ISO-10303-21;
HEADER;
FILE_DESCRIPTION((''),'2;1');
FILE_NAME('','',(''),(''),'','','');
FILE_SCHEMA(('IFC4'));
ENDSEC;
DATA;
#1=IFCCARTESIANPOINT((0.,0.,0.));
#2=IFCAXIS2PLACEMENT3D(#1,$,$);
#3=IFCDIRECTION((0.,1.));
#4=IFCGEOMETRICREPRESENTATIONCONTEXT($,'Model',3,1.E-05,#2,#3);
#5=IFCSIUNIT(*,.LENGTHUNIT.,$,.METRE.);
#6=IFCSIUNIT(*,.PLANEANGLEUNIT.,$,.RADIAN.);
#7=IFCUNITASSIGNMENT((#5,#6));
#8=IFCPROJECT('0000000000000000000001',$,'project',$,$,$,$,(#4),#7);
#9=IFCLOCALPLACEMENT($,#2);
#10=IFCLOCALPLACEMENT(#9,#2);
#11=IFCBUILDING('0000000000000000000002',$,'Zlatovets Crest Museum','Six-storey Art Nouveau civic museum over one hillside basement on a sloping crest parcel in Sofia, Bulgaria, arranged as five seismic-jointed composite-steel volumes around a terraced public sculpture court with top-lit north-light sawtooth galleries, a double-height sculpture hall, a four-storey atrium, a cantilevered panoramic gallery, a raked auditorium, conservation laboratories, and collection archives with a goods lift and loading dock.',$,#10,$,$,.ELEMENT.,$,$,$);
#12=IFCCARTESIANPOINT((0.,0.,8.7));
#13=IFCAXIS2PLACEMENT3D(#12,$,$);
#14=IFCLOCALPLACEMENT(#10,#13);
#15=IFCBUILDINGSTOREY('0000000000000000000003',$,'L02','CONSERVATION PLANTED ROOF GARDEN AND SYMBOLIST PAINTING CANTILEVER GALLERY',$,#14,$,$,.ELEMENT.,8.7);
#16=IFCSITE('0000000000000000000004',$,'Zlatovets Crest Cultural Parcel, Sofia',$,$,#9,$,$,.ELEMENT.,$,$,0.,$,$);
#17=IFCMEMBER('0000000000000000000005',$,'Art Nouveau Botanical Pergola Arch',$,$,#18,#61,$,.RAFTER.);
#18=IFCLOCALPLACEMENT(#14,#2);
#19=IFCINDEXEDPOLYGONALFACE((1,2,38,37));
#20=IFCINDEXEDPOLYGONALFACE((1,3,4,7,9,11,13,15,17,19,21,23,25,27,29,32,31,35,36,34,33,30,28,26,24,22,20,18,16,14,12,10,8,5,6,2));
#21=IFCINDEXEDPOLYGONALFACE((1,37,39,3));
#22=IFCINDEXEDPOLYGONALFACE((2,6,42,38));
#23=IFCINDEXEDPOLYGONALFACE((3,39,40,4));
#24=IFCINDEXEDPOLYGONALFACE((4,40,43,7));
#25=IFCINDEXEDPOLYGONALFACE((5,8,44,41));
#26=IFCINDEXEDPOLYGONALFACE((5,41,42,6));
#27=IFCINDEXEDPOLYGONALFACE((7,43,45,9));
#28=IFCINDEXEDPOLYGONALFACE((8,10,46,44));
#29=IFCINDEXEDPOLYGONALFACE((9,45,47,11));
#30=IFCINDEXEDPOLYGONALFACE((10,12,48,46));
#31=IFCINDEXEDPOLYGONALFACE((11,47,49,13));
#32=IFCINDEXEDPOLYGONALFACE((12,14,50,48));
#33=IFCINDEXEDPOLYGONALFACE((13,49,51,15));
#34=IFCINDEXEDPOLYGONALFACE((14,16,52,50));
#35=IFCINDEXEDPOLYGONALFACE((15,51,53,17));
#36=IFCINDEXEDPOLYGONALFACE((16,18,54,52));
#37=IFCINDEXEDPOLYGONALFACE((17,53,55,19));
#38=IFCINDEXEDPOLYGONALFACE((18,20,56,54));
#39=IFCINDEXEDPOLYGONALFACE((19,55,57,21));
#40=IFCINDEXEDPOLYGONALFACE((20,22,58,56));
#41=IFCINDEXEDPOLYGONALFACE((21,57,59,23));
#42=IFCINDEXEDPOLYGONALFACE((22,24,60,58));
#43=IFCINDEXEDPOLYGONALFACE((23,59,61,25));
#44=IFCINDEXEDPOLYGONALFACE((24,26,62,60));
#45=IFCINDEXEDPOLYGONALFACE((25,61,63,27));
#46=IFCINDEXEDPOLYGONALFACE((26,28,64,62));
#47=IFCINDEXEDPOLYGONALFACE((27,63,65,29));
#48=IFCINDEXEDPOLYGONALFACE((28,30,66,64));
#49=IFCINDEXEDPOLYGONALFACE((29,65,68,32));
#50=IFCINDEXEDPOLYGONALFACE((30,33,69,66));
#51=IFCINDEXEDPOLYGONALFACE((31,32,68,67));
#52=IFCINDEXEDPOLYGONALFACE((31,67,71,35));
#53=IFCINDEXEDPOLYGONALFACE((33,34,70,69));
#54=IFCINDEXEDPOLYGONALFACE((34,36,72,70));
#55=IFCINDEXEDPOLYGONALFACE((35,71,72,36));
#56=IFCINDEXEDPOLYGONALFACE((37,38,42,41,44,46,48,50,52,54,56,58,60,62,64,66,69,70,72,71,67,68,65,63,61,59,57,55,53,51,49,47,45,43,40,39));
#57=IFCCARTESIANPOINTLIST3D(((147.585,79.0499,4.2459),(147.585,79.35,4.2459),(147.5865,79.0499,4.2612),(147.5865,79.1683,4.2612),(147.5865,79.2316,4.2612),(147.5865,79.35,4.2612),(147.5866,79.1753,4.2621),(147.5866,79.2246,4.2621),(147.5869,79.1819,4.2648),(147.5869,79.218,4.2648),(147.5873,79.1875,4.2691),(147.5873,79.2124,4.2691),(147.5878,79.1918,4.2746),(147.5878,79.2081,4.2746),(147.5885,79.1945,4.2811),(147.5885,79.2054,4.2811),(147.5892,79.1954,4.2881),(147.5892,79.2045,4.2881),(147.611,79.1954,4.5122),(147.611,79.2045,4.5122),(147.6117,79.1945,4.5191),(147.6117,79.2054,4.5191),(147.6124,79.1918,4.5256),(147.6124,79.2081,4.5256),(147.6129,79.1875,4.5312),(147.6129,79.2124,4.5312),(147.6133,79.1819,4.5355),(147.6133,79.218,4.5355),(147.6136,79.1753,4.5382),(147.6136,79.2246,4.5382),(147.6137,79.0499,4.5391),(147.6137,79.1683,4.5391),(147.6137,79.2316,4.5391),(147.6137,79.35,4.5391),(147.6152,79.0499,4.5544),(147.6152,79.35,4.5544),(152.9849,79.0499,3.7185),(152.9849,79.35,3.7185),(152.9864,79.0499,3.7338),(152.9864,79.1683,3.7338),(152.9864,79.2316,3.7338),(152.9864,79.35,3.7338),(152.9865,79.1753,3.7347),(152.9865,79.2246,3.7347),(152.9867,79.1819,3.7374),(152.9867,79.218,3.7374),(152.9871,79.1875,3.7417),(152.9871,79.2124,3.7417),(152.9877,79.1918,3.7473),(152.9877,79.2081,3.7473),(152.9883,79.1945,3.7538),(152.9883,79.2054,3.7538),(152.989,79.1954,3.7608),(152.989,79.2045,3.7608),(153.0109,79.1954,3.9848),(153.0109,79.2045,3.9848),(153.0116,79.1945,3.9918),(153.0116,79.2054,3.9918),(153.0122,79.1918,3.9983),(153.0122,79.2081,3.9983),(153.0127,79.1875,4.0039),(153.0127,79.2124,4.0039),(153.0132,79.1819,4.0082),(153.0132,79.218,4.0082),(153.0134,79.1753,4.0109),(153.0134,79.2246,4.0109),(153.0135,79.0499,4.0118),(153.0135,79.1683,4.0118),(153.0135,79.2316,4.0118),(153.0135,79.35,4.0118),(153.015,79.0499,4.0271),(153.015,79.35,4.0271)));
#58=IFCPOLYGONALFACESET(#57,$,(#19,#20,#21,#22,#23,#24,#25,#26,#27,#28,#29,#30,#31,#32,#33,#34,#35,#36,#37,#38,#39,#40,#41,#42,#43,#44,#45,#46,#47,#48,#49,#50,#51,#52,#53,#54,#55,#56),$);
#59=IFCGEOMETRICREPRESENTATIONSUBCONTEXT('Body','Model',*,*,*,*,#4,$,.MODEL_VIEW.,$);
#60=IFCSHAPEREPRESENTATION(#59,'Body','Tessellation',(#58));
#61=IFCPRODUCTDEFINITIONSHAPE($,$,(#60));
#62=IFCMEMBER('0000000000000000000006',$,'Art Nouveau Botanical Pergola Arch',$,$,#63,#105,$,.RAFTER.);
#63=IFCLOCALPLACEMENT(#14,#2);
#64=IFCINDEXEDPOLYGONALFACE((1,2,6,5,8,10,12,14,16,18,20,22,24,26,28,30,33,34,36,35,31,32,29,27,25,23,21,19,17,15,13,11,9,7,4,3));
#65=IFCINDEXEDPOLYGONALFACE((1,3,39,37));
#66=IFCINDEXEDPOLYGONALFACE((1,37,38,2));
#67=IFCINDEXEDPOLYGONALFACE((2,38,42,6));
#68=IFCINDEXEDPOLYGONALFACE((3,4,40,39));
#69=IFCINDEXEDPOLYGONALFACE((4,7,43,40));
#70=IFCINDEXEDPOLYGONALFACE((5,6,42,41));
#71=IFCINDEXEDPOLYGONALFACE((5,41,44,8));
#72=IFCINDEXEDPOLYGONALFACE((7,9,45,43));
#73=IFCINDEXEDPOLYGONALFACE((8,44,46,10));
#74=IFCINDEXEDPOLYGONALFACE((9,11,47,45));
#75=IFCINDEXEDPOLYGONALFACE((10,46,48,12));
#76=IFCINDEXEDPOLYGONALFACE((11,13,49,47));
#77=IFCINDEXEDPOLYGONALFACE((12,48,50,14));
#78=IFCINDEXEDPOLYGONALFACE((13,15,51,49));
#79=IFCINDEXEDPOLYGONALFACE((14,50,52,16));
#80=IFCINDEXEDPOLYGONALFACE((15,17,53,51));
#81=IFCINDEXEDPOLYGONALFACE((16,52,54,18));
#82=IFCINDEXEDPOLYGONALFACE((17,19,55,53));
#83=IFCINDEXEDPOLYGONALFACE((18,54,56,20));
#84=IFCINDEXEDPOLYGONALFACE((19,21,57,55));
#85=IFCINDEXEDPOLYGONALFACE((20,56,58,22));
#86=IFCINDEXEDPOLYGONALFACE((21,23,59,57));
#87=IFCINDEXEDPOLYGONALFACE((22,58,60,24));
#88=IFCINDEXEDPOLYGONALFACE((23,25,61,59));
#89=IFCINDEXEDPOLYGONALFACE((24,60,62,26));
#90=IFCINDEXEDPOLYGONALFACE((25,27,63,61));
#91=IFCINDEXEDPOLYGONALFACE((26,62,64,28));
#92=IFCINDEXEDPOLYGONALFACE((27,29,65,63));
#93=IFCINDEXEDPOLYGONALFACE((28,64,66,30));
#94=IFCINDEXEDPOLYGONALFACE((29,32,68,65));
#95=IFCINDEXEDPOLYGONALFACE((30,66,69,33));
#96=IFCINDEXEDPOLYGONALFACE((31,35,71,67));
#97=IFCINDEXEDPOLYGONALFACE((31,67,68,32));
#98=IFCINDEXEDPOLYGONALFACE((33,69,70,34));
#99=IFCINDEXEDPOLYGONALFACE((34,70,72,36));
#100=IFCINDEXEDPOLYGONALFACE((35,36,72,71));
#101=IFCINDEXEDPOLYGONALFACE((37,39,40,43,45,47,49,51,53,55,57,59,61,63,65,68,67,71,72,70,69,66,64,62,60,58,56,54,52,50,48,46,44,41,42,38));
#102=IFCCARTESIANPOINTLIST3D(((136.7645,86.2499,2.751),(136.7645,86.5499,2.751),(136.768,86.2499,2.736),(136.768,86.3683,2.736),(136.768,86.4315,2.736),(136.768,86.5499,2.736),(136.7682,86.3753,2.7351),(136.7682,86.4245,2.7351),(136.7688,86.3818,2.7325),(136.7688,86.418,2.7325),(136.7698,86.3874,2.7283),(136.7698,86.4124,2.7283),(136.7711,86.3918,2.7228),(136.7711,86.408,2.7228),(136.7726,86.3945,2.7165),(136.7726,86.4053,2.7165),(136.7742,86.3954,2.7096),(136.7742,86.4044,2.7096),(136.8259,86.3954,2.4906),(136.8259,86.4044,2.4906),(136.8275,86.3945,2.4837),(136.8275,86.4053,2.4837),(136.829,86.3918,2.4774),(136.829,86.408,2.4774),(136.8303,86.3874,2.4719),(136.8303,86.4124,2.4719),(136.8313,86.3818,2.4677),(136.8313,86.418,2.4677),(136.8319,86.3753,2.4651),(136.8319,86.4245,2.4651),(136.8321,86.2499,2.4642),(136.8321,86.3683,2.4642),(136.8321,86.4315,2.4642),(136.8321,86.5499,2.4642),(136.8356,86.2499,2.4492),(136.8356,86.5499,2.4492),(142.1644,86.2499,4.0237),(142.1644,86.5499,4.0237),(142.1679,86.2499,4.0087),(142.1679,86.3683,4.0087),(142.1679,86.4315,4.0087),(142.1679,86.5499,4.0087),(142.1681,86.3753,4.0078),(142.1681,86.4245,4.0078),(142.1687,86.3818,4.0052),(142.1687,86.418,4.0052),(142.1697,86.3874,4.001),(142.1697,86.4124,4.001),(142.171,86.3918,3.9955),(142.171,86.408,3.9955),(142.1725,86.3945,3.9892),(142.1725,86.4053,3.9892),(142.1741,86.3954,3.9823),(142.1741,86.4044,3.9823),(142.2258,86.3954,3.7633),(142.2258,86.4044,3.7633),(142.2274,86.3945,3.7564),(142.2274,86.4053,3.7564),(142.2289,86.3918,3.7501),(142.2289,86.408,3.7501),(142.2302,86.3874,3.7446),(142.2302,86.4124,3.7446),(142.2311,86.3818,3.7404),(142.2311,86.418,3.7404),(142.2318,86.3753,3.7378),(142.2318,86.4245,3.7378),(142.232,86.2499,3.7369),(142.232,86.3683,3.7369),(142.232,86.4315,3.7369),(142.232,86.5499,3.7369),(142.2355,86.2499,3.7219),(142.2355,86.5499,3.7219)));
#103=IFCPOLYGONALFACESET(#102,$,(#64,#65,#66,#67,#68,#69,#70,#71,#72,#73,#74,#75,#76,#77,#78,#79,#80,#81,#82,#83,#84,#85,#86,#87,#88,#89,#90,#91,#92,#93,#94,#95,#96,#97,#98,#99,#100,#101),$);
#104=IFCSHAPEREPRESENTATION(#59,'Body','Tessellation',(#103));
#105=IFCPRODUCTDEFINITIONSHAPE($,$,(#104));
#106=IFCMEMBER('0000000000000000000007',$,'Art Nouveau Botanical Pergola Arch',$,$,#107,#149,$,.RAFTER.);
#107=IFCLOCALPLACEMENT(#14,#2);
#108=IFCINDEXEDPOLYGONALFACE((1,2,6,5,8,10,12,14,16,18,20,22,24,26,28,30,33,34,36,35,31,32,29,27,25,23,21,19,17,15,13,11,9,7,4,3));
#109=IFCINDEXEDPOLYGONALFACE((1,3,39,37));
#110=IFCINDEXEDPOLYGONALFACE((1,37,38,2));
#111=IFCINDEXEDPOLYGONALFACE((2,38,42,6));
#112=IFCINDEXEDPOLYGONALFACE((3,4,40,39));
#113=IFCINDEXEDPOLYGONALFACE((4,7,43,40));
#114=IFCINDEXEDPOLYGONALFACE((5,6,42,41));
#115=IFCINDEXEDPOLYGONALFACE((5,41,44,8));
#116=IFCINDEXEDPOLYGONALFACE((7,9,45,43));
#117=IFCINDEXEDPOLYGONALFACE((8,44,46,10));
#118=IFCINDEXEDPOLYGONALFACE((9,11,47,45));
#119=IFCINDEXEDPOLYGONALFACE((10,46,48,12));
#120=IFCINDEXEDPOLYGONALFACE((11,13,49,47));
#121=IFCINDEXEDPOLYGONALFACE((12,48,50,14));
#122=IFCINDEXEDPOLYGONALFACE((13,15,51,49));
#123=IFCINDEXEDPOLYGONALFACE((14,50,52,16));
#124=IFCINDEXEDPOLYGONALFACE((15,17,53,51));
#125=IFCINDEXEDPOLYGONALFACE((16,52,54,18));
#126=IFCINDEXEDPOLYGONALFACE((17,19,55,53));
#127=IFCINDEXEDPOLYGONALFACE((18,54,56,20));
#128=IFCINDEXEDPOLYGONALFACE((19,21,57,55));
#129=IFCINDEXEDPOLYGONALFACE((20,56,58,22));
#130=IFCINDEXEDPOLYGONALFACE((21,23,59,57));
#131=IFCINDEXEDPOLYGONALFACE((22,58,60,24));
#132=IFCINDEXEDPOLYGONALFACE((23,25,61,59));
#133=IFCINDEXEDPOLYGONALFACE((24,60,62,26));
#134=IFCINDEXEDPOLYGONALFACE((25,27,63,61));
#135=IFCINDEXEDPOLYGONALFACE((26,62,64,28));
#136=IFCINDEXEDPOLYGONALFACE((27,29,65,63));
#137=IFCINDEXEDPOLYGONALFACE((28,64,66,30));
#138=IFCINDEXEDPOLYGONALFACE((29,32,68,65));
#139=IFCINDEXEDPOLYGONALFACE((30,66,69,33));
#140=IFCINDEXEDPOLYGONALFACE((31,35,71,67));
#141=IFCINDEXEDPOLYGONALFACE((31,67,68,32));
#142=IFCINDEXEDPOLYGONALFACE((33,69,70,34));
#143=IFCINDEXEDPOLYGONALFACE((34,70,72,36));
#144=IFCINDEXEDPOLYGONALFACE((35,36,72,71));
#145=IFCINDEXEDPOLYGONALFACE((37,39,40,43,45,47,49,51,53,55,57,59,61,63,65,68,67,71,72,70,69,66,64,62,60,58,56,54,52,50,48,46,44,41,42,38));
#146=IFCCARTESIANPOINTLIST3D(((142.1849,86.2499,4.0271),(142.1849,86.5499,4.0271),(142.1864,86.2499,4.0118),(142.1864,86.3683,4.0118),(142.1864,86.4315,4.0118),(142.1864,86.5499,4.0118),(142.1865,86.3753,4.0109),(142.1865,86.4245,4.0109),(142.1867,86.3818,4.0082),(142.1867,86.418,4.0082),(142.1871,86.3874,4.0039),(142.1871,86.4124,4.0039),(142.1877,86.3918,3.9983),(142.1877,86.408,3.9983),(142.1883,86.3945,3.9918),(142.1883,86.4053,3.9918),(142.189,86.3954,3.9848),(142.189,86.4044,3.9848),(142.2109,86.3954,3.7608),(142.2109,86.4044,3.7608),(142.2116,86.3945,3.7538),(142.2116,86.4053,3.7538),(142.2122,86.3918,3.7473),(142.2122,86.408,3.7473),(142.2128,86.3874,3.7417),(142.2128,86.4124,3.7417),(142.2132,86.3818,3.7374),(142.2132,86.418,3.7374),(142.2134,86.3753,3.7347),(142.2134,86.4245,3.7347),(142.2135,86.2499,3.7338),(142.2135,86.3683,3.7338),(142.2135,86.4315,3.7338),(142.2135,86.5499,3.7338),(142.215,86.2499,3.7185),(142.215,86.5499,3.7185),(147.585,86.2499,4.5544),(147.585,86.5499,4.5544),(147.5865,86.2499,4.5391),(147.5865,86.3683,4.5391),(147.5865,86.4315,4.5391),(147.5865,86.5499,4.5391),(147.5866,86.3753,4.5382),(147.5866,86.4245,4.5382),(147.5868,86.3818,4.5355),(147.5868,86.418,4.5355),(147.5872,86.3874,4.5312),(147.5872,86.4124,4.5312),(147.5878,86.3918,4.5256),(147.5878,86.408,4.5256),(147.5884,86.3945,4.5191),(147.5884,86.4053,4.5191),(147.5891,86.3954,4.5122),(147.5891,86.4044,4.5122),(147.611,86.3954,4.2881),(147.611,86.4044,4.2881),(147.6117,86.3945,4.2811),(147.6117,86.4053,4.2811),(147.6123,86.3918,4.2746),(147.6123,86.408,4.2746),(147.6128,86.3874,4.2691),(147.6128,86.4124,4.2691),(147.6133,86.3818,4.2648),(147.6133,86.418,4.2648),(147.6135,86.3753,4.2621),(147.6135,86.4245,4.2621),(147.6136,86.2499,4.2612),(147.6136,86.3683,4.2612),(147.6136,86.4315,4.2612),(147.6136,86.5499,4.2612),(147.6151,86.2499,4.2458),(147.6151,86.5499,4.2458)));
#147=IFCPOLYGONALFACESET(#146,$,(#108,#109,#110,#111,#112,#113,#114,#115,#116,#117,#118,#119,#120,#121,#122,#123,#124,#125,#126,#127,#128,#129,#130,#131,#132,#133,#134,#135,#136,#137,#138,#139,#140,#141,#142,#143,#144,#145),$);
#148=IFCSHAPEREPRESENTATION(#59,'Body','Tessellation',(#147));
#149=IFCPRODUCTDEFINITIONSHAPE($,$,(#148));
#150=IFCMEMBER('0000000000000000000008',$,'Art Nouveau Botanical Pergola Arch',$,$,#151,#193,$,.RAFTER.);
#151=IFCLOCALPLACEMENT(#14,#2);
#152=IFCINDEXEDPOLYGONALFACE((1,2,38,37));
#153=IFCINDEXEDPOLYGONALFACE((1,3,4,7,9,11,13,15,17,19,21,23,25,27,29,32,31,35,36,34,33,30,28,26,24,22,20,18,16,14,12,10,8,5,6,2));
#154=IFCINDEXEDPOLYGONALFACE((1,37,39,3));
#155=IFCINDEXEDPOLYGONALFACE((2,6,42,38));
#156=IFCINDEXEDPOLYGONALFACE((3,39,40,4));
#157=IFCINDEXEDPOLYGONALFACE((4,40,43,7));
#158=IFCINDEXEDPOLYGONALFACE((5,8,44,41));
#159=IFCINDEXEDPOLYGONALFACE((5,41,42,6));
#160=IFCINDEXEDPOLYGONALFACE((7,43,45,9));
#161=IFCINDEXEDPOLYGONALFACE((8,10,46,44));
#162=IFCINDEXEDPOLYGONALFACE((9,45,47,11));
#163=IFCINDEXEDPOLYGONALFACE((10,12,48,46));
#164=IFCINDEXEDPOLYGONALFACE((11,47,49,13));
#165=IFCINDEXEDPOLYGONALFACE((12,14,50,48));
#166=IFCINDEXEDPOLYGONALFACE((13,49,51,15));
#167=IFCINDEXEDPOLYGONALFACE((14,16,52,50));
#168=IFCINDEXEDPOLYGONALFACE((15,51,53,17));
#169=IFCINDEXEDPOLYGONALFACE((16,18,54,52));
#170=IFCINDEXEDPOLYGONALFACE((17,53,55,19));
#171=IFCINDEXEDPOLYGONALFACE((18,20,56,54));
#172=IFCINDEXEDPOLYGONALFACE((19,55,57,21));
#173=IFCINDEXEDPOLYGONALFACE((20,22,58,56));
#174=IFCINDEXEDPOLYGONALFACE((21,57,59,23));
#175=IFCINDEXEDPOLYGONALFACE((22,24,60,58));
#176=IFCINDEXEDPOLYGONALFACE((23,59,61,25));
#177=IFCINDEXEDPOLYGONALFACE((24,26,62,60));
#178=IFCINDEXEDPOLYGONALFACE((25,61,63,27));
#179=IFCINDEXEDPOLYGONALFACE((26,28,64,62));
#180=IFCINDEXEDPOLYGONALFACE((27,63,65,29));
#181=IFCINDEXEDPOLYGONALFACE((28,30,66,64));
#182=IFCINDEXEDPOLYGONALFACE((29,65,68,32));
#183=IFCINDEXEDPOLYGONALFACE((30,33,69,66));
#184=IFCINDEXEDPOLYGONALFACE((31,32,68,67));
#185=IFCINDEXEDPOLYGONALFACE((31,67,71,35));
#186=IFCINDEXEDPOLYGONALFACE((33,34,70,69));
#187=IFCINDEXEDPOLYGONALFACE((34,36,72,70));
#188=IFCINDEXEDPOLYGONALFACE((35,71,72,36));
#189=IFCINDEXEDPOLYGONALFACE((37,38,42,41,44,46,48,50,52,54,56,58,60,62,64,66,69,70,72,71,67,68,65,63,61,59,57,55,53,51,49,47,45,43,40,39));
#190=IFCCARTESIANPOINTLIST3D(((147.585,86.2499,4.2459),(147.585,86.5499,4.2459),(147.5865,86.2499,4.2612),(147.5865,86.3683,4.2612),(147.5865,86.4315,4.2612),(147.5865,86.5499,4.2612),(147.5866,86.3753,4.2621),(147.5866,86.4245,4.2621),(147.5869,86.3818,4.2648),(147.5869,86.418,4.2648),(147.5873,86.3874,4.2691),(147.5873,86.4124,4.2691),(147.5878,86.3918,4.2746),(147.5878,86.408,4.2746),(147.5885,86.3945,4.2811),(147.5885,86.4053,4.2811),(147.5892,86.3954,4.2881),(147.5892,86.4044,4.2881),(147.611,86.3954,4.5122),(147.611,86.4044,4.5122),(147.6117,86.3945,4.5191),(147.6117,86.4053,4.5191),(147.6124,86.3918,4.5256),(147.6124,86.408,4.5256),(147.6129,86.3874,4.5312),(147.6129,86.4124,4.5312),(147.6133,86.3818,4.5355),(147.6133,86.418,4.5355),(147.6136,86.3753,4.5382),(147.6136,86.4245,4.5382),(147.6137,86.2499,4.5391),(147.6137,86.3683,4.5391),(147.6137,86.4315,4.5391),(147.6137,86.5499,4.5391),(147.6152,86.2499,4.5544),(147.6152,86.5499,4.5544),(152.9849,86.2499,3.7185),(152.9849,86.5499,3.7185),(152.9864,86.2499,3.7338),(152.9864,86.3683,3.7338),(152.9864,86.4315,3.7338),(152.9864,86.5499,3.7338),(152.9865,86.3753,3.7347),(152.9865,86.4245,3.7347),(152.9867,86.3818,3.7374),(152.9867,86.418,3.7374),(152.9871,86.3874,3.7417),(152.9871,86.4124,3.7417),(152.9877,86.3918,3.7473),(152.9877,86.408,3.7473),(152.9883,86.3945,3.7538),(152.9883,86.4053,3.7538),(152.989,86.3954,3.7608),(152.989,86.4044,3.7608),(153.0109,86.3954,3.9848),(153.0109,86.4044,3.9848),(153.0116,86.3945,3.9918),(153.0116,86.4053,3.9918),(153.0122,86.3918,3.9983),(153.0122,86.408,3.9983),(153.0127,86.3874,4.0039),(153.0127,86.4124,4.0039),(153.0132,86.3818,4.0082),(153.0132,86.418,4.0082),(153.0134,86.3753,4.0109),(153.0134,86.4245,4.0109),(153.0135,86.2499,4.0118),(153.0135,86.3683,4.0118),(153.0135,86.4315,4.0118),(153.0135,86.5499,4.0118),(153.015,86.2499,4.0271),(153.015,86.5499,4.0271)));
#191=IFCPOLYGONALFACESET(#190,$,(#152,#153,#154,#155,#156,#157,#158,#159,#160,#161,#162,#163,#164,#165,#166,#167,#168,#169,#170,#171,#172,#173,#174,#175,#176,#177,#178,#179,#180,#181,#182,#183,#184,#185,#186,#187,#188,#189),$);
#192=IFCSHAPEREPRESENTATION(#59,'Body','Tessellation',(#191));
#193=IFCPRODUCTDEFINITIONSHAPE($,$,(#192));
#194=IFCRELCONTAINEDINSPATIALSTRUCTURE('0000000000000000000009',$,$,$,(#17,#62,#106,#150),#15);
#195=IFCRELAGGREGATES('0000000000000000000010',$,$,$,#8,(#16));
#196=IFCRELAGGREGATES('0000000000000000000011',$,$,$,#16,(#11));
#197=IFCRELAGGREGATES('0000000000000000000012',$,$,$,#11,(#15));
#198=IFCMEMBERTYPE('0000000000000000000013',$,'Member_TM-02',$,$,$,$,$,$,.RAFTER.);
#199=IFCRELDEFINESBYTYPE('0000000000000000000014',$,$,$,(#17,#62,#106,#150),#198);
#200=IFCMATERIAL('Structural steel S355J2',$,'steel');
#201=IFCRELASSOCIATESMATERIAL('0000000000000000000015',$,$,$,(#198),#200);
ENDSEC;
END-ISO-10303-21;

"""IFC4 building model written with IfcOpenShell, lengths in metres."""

from ifc_helpers import new_model, si_unit, direction, frame, origin, origin_2d, place, context, subcontext, project, spatial, i_section, extrude, material, material_profile, profile_set, type_object, element, save


model = new_model("IFC4")

# Units and contexts
model_context = context("Model", 3, precision=1e-05, world=origin(), true_north=direction((0.0, 1.0)))
body_context = subcontext(model_context, "Body", "Model", "MODEL_VIEW")
ifc_project = project(units=[si_unit("LENGTHUNIT", "METRE"), si_unit("PLANEANGLEUNIT", "RADIAN")], contexts=[model_context])

# Site, building, storey
site_placement = place(None, origin())
site = spatial("IfcSite", under=ifc_project, at=site_placement, Name="Zlatovets Crest Cultural Parcel, Sofia", CompositionType="ELEMENT", RefElevation=0.0)
building_placement = place(site_placement, origin())
building = spatial("IfcBuilding", under=site, at=building_placement, Name="Zlatovets Crest Museum", Description="Six-storey Art Nouveau civic museum over one hillside basement on a sloping crest parcel in Sofia, Bulgaria, arranged as five seismic-jointed composite-steel volumes around a terraced public sculpture court with top-lit north-light sawtooth galleries, a double-height sculpture hall, a four-storey atrium, a cantilevered panoramic gallery, a raked auditorium, conservation laboratories, and collection archives with a goods lift and loading dock.", CompositionType="ELEMENT")
storey_placement = place(building_placement, frame((0.0, 0.0, 8.7)))
storey = spatial("IfcBuildingStorey", under=building, at=storey_placement, Name="L02", Description="CONSERVATION PLANTED ROOF GARDEN AND SYMBOLIST PAINTING CANTILEVER GALLERY", CompositionType="ELEMENT", Elevation=8.7)

# Shared definitions
ifc_material_1 = material(Name="Structural steel S355J2", Category="steel")

# Members
ifc_material_profile_1 = material_profile(ifc_material_1, i_section(OverallWidth=0.3, OverallDepth=0.3101, WebThickness=0.009, FlangeThickness=0.0154, FilletRadius=0.0271, at=origin_2d()), Name="HEA 320")
ifc_profile_set_1 = profile_set([ifc_material_profile_1], Name="Structural steel S355J2")
member_type_1 = type_object("IfcMemberType", Name="Member_TM-02", PredefinedType="RAFTER", material=ifc_profile_set_1)
member_1_placement = place(storey_placement, frame((147.6001, 79.2, 4.4001), z_axis=(0.995265, 0.0, -0.097196), x_axis=(0.0, 1.0, 0.0)))
element("IfcMember", 1, at=member_1_placement, inside=storey, type_object=member_type_1, Name="Art Nouveau Botanical Pergola Arch", PredefinedType="RAFTER", context=body_context, shape_type="SweptSolid", body=[
    extrude(i_section(OverallWidth=0.3, OverallDepth=0.3101, WebThickness=0.009, FlangeThickness=0.0154, FilletRadius=0.0271, at=origin_2d()), origin(), (0.0, 0.0, 1.0), 5.4255),
])
member_2_placement = place(storey_placement, frame((136.8, 86.3999, 2.6001), z_axis=(0.973331, 0.0, 0.229405), x_axis=(0.0, 1.0, 0.0)))
element("IfcMember", 2, at=member_2_placement, inside=storey, type_object=member_type_1, Name="Art Nouveau Botanical Pergola Arch", PredefinedType="RAFTER", context=body_context, shape_type="SweptSolid", body=[
    extrude(i_section(OverallWidth=0.3, OverallDepth=0.3101, WebThickness=0.009, FlangeThickness=0.0154, FilletRadius=0.0271, at=origin_2d()), origin(), (0.0, 0.0, 1.0), 5.5479),
])
member_3_placement = place(storey_placement, frame((142.2, 86.3999, 3.8728), z_axis=(0.995266, 0.0, 0.097191), x_axis=(0.0, 1.0, 0.0)))
element("IfcMember", 3, at=member_3_placement, inside=storey, type_object=member_type_1, Name="Art Nouveau Botanical Pergola Arch", PredefinedType="RAFTER", context=body_context, shape_type="SweptSolid", body=[
    extrude(i_section(OverallWidth=0.3, OverallDepth=0.3101, WebThickness=0.009, FlangeThickness=0.0154, FilletRadius=0.0271, at=origin_2d()), origin(), (0.0, 0.0, 1.0), 5.4258),
])
member_4_placement = place(storey_placement, frame((147.6001, 86.3999, 4.4001), z_axis=(0.995265, 0.0, -0.097196), x_axis=(0.0, 1.0, 0.0)))
element("IfcMember", 4, at=member_4_placement, inside=storey, type_object=member_type_1, Name="Art Nouveau Botanical Pergola Arch", PredefinedType="RAFTER", context=body_context, shape_type="SweptSolid", body=[
    extrude(i_section(OverallWidth=0.3, OverallDepth=0.3101, WebThickness=0.009, FlangeThickness=0.0154, FilletRadius=0.0271, at=origin_2d()), origin(), (0.0, 0.0, 1.0), 5.4255),
])

save(model, "model.ifc")
